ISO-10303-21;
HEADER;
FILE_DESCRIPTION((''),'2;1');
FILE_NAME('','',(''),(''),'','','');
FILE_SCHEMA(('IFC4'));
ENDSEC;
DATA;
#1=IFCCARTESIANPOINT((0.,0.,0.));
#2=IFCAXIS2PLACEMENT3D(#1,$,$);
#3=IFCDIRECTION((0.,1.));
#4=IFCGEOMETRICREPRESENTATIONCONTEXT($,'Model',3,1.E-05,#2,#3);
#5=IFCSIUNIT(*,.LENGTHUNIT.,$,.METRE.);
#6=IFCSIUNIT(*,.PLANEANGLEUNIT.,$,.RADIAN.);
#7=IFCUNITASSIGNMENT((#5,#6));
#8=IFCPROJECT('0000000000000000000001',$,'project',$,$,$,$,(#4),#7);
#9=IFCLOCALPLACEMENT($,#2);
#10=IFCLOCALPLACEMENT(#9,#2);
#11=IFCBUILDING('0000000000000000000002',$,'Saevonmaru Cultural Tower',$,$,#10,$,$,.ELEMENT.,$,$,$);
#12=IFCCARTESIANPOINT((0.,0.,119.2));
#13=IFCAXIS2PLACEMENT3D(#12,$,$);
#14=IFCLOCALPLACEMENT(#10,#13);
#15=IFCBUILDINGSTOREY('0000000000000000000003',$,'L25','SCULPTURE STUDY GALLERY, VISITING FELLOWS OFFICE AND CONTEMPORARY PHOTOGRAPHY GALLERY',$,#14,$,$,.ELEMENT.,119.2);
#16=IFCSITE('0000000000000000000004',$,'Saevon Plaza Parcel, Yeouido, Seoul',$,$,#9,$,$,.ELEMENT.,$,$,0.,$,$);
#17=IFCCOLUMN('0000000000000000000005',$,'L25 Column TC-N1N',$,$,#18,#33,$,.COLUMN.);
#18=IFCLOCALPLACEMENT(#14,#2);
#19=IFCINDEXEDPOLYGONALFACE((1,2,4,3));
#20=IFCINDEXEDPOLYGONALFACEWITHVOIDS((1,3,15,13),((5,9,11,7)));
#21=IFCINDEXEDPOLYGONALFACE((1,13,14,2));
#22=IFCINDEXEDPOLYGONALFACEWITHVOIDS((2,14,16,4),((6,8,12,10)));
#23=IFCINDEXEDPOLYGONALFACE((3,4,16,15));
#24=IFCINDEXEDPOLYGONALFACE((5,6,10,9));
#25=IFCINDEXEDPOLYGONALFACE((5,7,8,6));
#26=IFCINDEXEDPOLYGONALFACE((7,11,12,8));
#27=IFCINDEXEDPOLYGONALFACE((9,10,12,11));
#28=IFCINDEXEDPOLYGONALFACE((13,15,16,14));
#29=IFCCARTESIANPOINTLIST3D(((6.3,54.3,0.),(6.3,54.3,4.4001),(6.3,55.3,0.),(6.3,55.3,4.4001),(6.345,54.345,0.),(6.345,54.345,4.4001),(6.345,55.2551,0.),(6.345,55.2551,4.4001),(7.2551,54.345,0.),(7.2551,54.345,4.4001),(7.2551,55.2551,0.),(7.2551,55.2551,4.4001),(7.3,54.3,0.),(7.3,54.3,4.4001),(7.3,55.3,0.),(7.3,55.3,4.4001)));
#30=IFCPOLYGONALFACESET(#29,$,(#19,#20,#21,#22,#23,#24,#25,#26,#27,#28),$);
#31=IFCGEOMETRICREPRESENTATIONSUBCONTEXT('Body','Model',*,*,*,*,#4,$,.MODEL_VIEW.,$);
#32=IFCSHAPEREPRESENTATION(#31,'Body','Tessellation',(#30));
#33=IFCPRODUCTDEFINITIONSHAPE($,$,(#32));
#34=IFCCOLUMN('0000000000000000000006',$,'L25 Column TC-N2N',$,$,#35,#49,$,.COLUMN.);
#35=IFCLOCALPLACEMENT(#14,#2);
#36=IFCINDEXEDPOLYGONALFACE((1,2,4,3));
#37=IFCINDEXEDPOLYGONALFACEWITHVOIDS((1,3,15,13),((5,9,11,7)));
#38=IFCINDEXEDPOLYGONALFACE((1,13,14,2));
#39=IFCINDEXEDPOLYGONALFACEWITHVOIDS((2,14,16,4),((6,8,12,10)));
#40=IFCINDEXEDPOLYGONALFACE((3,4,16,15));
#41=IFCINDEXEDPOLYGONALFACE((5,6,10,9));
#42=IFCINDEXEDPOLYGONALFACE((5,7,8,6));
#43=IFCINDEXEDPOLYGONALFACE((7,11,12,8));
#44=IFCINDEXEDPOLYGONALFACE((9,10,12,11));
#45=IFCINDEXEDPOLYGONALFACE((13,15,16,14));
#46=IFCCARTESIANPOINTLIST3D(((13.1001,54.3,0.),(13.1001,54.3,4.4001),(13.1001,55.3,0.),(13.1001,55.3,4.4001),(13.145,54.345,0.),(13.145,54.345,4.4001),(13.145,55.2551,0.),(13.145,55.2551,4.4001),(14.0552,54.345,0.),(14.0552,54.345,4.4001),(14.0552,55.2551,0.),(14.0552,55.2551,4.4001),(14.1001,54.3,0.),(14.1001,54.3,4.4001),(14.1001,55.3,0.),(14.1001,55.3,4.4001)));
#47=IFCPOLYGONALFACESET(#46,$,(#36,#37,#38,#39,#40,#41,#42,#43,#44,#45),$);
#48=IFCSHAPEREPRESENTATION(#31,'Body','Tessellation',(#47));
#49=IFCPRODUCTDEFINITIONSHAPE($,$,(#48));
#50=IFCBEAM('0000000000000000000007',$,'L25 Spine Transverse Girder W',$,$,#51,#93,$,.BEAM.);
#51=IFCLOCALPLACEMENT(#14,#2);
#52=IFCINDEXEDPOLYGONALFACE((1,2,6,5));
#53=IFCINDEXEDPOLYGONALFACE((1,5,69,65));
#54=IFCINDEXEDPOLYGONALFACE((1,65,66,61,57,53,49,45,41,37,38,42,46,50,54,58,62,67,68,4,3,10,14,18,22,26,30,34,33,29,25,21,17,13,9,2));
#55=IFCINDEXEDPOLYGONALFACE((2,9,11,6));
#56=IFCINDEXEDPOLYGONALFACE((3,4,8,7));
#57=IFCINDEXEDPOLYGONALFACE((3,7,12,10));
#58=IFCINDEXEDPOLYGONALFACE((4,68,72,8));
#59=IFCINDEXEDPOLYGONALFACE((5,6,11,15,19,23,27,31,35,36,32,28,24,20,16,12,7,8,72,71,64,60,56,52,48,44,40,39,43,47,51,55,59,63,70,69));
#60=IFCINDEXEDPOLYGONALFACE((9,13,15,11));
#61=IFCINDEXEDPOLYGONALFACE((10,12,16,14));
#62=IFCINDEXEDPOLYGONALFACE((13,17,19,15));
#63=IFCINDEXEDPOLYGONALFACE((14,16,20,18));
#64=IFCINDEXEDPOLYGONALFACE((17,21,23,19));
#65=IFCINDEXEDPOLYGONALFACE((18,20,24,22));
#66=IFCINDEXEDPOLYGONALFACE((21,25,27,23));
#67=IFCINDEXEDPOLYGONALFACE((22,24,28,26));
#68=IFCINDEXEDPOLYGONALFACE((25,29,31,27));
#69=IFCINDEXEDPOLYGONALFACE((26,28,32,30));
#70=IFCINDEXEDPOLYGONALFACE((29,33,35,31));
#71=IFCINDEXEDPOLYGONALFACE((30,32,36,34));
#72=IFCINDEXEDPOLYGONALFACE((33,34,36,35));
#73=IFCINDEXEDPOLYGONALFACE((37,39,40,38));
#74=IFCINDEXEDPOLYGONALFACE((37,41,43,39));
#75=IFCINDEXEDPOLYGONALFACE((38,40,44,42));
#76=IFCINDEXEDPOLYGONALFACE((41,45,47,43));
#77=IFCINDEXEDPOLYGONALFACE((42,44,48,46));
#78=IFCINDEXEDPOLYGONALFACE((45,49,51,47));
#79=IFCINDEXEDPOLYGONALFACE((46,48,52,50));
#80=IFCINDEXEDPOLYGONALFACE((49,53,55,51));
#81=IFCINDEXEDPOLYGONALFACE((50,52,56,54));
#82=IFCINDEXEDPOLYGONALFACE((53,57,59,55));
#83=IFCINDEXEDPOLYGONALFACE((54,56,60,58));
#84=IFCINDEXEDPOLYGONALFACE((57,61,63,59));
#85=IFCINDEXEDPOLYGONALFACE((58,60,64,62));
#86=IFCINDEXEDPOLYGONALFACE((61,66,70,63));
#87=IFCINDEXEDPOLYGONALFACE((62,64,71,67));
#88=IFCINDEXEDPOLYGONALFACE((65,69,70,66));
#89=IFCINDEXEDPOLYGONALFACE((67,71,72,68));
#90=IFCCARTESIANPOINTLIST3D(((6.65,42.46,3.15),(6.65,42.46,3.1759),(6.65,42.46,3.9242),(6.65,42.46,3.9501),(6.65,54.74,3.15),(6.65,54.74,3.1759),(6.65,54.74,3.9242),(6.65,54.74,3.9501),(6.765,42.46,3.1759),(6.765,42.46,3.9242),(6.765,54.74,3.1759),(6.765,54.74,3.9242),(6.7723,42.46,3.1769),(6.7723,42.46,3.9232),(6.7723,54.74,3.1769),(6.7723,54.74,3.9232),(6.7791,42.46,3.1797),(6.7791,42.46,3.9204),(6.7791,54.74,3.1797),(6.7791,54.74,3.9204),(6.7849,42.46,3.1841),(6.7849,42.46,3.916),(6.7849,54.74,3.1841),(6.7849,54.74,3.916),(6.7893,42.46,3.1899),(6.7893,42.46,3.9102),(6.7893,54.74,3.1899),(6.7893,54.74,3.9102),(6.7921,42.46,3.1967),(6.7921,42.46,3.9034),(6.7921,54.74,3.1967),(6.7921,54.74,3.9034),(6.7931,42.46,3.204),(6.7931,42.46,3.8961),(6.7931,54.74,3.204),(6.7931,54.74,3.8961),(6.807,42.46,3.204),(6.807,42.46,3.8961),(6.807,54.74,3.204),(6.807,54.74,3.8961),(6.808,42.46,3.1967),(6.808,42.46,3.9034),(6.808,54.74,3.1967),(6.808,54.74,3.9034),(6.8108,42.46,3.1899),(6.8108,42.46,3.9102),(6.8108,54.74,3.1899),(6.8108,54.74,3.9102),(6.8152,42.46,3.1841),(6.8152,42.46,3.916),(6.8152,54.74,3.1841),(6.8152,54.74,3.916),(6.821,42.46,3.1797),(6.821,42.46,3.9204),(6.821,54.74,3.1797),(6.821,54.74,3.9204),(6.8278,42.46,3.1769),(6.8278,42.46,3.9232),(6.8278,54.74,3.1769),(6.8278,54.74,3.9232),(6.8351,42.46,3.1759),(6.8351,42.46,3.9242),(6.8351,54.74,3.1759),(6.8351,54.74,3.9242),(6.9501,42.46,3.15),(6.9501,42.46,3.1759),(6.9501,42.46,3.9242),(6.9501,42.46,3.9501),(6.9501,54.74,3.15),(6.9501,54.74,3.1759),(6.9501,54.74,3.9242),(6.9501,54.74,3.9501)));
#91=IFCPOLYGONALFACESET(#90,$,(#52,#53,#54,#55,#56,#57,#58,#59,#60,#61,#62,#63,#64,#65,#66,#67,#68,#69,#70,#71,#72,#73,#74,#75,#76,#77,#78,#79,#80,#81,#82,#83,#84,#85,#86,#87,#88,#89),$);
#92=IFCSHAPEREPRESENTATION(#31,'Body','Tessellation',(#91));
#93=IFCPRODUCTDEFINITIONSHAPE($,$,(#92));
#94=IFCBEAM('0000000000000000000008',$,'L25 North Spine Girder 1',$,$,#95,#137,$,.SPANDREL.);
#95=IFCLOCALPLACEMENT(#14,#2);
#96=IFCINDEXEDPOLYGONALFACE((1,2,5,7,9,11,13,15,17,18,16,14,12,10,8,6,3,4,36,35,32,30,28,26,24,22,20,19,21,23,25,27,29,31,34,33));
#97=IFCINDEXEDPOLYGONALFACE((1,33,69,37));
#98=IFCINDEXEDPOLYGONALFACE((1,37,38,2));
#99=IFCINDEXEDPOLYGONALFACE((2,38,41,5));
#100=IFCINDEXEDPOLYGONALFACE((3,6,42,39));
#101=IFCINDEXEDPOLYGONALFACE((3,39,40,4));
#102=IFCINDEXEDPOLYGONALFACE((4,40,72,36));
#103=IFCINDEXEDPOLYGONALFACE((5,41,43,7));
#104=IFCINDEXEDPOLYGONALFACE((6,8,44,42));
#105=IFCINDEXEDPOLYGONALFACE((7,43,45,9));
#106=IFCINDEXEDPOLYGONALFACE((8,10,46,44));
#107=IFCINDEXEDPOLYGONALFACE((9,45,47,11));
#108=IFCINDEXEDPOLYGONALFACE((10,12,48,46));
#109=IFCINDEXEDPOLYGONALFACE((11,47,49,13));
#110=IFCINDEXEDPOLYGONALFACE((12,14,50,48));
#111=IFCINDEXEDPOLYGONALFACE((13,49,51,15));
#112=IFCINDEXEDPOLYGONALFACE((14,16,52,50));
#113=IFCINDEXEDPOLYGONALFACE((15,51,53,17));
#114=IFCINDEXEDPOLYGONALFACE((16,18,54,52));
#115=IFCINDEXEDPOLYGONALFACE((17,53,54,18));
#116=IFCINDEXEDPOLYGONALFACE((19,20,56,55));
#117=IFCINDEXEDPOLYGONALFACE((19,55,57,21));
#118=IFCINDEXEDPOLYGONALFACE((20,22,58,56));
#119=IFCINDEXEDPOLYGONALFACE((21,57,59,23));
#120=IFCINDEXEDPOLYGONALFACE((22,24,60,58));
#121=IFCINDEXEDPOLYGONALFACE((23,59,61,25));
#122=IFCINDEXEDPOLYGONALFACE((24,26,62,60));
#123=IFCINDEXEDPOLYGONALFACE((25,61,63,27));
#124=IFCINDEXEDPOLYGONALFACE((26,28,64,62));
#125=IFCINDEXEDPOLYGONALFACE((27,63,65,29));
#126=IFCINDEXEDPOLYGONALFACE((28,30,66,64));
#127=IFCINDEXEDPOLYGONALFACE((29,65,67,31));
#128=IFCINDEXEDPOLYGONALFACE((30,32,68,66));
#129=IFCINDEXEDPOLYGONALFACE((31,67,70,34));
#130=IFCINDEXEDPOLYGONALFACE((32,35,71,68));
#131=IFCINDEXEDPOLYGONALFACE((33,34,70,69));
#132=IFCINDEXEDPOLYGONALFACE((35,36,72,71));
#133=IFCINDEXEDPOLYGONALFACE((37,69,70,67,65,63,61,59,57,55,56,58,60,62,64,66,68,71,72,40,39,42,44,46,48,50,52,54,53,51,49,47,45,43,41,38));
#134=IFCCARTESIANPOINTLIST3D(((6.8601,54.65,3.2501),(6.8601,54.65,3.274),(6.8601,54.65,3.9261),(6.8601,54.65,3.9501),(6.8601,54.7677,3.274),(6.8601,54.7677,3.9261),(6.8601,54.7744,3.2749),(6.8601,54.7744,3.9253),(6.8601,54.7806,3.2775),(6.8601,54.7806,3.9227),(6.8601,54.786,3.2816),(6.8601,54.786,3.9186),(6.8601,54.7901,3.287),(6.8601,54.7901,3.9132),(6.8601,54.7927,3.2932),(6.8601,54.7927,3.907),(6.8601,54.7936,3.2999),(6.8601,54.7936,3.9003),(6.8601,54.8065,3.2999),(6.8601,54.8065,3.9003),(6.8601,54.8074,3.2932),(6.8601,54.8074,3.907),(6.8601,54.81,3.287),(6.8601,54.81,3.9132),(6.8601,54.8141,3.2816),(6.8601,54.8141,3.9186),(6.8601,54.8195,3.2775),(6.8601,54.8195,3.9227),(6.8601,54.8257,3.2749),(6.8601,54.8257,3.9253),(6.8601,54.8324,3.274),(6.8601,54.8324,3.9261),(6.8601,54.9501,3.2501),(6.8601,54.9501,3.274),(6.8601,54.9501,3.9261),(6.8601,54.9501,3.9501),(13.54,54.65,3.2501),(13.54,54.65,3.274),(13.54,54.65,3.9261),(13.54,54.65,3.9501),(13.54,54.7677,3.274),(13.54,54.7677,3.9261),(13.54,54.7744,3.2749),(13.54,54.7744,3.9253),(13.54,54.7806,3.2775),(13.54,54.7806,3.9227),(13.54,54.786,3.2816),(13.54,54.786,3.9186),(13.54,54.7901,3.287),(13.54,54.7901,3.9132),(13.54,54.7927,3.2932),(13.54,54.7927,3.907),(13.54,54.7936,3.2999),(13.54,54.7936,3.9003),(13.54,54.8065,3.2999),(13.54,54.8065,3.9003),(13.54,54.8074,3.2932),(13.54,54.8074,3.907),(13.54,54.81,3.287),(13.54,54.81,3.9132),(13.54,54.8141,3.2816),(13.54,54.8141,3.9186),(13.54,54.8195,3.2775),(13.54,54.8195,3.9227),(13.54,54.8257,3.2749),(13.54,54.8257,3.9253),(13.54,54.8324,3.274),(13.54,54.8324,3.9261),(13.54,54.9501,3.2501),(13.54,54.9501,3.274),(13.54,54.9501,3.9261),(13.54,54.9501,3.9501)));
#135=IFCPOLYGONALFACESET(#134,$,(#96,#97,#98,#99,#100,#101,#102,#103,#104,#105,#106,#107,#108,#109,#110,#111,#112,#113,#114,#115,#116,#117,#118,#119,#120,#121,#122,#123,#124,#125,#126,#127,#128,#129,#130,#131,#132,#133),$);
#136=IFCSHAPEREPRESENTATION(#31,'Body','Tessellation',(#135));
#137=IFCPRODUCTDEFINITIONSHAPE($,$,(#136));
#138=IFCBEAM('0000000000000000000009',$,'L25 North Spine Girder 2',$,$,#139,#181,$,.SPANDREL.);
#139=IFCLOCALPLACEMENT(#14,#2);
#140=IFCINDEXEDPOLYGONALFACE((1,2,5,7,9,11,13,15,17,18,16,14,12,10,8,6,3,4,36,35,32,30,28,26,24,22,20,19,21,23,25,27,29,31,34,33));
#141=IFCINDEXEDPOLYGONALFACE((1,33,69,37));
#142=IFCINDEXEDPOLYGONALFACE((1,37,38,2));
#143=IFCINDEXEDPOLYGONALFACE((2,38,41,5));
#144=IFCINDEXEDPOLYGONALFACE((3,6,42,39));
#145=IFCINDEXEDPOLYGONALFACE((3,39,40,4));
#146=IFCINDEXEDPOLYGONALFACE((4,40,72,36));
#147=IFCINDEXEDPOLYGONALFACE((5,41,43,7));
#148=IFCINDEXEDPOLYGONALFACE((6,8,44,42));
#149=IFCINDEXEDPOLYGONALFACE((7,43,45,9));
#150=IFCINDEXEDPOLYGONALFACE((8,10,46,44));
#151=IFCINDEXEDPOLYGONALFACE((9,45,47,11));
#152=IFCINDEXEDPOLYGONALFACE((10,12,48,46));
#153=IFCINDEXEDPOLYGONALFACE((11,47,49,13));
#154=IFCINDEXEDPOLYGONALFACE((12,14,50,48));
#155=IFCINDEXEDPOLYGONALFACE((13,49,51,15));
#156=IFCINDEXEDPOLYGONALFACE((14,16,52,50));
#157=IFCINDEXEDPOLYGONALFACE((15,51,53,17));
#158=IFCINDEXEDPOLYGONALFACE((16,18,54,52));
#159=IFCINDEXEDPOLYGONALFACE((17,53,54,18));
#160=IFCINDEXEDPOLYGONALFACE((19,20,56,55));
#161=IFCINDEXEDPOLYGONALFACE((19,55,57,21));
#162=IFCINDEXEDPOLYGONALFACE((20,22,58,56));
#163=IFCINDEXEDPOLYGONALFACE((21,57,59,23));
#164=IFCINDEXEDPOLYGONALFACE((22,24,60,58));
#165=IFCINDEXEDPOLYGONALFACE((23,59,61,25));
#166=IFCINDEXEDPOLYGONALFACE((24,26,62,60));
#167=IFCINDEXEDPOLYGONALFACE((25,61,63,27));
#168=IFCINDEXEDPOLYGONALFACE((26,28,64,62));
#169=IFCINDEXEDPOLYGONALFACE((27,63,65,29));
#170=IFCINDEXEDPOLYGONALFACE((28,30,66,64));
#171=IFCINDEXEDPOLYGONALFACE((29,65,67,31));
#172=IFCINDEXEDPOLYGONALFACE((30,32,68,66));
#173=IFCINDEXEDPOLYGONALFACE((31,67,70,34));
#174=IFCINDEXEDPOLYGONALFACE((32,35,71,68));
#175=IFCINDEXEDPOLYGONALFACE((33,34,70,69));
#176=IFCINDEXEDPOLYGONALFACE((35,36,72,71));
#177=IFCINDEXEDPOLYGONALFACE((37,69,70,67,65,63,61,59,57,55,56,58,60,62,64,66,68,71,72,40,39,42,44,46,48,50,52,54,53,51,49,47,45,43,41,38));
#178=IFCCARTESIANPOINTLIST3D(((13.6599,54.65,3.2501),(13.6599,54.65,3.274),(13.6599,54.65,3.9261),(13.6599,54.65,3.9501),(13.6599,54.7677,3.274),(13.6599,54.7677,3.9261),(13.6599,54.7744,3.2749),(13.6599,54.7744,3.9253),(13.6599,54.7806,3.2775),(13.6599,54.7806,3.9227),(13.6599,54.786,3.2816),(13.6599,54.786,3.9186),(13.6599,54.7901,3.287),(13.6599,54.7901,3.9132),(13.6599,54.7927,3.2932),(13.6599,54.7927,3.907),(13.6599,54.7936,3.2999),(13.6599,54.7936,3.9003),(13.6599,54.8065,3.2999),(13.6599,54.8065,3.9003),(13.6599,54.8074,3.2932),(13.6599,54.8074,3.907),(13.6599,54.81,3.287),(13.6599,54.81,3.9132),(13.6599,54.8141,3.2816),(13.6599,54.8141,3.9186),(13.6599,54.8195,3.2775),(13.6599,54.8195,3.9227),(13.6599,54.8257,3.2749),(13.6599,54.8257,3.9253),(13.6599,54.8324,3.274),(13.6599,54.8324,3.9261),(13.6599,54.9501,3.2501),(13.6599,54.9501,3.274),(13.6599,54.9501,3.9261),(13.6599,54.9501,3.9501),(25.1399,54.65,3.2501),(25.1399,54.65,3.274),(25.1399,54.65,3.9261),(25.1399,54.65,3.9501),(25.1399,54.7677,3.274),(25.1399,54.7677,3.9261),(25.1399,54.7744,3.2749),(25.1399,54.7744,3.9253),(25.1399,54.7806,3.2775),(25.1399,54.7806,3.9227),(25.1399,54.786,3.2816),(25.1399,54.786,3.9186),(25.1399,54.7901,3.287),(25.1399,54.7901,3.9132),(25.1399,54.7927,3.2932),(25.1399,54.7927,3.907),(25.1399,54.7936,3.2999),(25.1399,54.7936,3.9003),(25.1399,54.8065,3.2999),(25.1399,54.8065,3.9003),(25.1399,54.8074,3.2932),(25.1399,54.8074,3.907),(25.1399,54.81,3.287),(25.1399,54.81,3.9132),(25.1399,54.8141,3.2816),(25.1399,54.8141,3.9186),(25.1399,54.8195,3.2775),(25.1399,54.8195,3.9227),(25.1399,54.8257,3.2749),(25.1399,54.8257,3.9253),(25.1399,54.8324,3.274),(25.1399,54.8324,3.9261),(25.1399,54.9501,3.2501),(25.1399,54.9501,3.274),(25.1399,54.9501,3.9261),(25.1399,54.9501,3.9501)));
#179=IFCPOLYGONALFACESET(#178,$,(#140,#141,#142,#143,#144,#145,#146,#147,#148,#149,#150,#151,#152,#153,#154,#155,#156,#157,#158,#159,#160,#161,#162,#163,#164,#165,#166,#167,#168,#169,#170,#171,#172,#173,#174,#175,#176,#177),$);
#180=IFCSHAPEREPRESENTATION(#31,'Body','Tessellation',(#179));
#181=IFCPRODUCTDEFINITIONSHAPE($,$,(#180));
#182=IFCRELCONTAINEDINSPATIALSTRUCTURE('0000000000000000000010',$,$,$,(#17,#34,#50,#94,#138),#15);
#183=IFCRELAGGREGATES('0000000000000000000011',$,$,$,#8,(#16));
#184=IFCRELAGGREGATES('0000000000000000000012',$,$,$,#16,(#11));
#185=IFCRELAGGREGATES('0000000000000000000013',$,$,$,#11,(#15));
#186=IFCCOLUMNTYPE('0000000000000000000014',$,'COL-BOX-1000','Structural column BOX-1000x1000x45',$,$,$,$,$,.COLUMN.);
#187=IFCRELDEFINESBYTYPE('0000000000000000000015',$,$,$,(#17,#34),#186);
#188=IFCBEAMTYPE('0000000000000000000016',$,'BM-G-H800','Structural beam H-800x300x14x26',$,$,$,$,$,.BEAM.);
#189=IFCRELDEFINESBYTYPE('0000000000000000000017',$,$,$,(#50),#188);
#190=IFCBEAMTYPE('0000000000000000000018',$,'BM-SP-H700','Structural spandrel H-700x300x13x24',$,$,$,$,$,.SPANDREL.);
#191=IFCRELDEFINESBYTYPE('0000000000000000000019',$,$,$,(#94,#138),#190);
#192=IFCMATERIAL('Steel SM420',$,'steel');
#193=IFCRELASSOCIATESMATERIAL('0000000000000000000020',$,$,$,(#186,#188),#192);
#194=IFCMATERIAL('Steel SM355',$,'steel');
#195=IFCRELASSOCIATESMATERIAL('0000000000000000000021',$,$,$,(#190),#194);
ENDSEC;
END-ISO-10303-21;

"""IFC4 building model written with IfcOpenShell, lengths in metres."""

from ifc_helpers import new_model, si_unit, direction, frame, origin, origin_2d, place, context, subcontext, project, spatial, hollow_rectangle, i_section, extrude, material, material_profile, profile_set, type_object, element, save


model = new_model("IFC4")

# Units and contexts
model_context = context("Model", 3, precision=1e-05, world=origin(), true_north=direction((0.0, 1.0)))
body_context = subcontext(model_context, "Body", "Model", "MODEL_VIEW")
ifc_project = project(units=[si_unit("LENGTHUNIT", "METRE"), si_unit("PLANEANGLEUNIT", "RADIAN")], contexts=[model_context])

# Site, building, storey
site_placement = place(None, origin())
site = spatial("IfcSite", under=ifc_project, at=site_placement, Name="Saevon Plaza Parcel, Yeouido, Seoul", CompositionType="ELEMENT", RefElevation=0.0)
building_placement = place(site_placement, origin())
building = spatial("IfcBuilding", under=site, at=building_placement, Name="Saevonmaru Cultural Tower", CompositionType="ELEMENT")
storey_placement = place(building_placement, frame((0.0, 0.0, 119.2)))
storey = spatial("IfcBuildingStorey", under=building, at=storey_placement, Name="L25", Description="SCULPTURE STUDY GALLERY, VISITING FELLOWS OFFICE AND CONTEMPORARY PHOTOGRAPHY GALLERY", CompositionType="ELEMENT", Elevation=119.2)

# Columns
ifc_material_1 = material(Name="Steel SM420", Category="steel")
ifc_material_profile_1 = material_profile(ifc_material_1, hollow_rectangle(XDim=1.0, YDim=1.0, WallThickness=0.0449, at=origin_2d()), Name="BOX-1000x1000x45")
ifc_profile_set_1 = profile_set([ifc_material_profile_1], Name="Steel SM420")
column_type = type_object("IfcColumnType", Name="COL-BOX-1000", Description="Structural column BOX-1000x1000x45", PredefinedType="COLUMN", material=ifc_profile_set_1)
for number, where, z_axis, x_axis, name in (
    (1, (6.8, 54.8, 0.0), (0.0, 0.0, 1.0), (1.0, 0.0, 0.0), "L25 Column TC-N1N"),
    (2, (13.6001, 54.8, 0.0), (0.0, 0.0, 1.0), (1.0, 0.0, 0.0), "L25 Column TC-N2N"),
):
    element("IfcColumn", number, at=place(storey_placement, frame(where, z_axis=z_axis, x_axis=x_axis)), inside=storey, type_object=column_type, Name=name, PredefinedType="COLUMN", context=body_context, shape_type="SweptSolid", body=[
        extrude(hollow_rectangle(XDim=1.0, YDim=1.0, WallThickness=0.0449, at=origin_2d()), origin(), (0.0, 0.0, 1.0), 4.4001),
    ])

# Beams
ifc_material_profile_2 = material_profile(ifc_material_1, i_section(OverallWidth=0.3, OverallDepth=0.8, WebThickness=0.0139, FlangeThickness=0.0259, FilletRadius=0.0281, at=origin_2d()), Name="H-800x300x14x26")
ifc_profile_set_2 = profile_set([ifc_material_profile_2], Name="Steel SM420")
beam_type_1 = type_object("IfcBeamType", Name="BM-G-H800", Description="Structural beam H-800x300x14x26", PredefinedType="BEAM", material=ifc_profile_set_2)
beam_1_placement = place(storey_placement, frame((6.8, 54.74, 3.55), z_axis=(0.0, -1.0, 0.0), x_axis=(1.0, 0.0, 0.0)))
element("IfcBeam", 3, at=beam_1_placement, inside=storey, type_object=beam_type_1, Name="L25 Spine Transverse Girder W", PredefinedType="BEAM", context=body_context, shape_type="SweptSolid", body=[
    extrude(i_section(OverallWidth=0.3, OverallDepth=0.8, WebThickness=0.0139, FlangeThickness=0.0259, FilletRadius=0.0281, at=origin_2d()), origin(), (0.0, 0.0, 1.0), 12.28),
])
ifc_material_2 = material(Name="Steel SM355", Category="steel")
ifc_material_profile_3 = material_profile(ifc_material_2, i_section(OverallWidth=0.3, OverallDepth=0.7, WebThickness=0.0129, FlangeThickness=0.0239, FilletRadius=0.0259, at=origin_2d()), Name="H-700x300x13x24")
ifc_profile_set_3 = profile_set([ifc_material_profile_3], Name="Steel SM355")
beam_type_2 = type_object("IfcBeamType", Name="BM-SP-H700", Description="Structural spandrel H-700x300x13x24", PredefinedType="SPANDREL", material=ifc_profile_set_3)
beam_2_placement = place(storey_placement, frame((6.8601, 54.8, 3.6001), z_axis=(1.0, 0.0, 0.0), x_axis=(0.0, 1.0, 0.0)))
element("IfcBeam", 4, at=beam_2_placement, inside=storey, type_object=beam_type_2, Name="L25 North Spine Girder 1", PredefinedType="SPANDREL", context=body_context, shape_type="SweptSolid", body=[
    extrude(i_section(OverallWidth=0.3, OverallDepth=0.7, WebThickness=0.0129, FlangeThickness=0.0239, FilletRadius=0.0259, at=origin_2d()), origin(), (0.0, 0.0, 1.0), 6.6799),
])
beam_3_placement = place(storey_placement, frame((13.6599, 54.8, 3.6001), z_axis=(1.0, 0.0, 0.0), x_axis=(0.0, 1.0, 0.0)))
element("IfcBeam", 5, at=beam_3_placement, inside=storey, type_object=beam_type_2, Name="L25 North Spine Girder 2", PredefinedType="SPANDREL", context=body_context, shape_type="SweptSolid", body=[
    extrude(i_section(OverallWidth=0.3, OverallDepth=0.7, WebThickness=0.0129, FlangeThickness=0.0239, FilletRadius=0.0259, at=origin_2d()), origin(), (0.0, 0.0, 1.0), 11.48),
])

save(model, "model.ifc")
